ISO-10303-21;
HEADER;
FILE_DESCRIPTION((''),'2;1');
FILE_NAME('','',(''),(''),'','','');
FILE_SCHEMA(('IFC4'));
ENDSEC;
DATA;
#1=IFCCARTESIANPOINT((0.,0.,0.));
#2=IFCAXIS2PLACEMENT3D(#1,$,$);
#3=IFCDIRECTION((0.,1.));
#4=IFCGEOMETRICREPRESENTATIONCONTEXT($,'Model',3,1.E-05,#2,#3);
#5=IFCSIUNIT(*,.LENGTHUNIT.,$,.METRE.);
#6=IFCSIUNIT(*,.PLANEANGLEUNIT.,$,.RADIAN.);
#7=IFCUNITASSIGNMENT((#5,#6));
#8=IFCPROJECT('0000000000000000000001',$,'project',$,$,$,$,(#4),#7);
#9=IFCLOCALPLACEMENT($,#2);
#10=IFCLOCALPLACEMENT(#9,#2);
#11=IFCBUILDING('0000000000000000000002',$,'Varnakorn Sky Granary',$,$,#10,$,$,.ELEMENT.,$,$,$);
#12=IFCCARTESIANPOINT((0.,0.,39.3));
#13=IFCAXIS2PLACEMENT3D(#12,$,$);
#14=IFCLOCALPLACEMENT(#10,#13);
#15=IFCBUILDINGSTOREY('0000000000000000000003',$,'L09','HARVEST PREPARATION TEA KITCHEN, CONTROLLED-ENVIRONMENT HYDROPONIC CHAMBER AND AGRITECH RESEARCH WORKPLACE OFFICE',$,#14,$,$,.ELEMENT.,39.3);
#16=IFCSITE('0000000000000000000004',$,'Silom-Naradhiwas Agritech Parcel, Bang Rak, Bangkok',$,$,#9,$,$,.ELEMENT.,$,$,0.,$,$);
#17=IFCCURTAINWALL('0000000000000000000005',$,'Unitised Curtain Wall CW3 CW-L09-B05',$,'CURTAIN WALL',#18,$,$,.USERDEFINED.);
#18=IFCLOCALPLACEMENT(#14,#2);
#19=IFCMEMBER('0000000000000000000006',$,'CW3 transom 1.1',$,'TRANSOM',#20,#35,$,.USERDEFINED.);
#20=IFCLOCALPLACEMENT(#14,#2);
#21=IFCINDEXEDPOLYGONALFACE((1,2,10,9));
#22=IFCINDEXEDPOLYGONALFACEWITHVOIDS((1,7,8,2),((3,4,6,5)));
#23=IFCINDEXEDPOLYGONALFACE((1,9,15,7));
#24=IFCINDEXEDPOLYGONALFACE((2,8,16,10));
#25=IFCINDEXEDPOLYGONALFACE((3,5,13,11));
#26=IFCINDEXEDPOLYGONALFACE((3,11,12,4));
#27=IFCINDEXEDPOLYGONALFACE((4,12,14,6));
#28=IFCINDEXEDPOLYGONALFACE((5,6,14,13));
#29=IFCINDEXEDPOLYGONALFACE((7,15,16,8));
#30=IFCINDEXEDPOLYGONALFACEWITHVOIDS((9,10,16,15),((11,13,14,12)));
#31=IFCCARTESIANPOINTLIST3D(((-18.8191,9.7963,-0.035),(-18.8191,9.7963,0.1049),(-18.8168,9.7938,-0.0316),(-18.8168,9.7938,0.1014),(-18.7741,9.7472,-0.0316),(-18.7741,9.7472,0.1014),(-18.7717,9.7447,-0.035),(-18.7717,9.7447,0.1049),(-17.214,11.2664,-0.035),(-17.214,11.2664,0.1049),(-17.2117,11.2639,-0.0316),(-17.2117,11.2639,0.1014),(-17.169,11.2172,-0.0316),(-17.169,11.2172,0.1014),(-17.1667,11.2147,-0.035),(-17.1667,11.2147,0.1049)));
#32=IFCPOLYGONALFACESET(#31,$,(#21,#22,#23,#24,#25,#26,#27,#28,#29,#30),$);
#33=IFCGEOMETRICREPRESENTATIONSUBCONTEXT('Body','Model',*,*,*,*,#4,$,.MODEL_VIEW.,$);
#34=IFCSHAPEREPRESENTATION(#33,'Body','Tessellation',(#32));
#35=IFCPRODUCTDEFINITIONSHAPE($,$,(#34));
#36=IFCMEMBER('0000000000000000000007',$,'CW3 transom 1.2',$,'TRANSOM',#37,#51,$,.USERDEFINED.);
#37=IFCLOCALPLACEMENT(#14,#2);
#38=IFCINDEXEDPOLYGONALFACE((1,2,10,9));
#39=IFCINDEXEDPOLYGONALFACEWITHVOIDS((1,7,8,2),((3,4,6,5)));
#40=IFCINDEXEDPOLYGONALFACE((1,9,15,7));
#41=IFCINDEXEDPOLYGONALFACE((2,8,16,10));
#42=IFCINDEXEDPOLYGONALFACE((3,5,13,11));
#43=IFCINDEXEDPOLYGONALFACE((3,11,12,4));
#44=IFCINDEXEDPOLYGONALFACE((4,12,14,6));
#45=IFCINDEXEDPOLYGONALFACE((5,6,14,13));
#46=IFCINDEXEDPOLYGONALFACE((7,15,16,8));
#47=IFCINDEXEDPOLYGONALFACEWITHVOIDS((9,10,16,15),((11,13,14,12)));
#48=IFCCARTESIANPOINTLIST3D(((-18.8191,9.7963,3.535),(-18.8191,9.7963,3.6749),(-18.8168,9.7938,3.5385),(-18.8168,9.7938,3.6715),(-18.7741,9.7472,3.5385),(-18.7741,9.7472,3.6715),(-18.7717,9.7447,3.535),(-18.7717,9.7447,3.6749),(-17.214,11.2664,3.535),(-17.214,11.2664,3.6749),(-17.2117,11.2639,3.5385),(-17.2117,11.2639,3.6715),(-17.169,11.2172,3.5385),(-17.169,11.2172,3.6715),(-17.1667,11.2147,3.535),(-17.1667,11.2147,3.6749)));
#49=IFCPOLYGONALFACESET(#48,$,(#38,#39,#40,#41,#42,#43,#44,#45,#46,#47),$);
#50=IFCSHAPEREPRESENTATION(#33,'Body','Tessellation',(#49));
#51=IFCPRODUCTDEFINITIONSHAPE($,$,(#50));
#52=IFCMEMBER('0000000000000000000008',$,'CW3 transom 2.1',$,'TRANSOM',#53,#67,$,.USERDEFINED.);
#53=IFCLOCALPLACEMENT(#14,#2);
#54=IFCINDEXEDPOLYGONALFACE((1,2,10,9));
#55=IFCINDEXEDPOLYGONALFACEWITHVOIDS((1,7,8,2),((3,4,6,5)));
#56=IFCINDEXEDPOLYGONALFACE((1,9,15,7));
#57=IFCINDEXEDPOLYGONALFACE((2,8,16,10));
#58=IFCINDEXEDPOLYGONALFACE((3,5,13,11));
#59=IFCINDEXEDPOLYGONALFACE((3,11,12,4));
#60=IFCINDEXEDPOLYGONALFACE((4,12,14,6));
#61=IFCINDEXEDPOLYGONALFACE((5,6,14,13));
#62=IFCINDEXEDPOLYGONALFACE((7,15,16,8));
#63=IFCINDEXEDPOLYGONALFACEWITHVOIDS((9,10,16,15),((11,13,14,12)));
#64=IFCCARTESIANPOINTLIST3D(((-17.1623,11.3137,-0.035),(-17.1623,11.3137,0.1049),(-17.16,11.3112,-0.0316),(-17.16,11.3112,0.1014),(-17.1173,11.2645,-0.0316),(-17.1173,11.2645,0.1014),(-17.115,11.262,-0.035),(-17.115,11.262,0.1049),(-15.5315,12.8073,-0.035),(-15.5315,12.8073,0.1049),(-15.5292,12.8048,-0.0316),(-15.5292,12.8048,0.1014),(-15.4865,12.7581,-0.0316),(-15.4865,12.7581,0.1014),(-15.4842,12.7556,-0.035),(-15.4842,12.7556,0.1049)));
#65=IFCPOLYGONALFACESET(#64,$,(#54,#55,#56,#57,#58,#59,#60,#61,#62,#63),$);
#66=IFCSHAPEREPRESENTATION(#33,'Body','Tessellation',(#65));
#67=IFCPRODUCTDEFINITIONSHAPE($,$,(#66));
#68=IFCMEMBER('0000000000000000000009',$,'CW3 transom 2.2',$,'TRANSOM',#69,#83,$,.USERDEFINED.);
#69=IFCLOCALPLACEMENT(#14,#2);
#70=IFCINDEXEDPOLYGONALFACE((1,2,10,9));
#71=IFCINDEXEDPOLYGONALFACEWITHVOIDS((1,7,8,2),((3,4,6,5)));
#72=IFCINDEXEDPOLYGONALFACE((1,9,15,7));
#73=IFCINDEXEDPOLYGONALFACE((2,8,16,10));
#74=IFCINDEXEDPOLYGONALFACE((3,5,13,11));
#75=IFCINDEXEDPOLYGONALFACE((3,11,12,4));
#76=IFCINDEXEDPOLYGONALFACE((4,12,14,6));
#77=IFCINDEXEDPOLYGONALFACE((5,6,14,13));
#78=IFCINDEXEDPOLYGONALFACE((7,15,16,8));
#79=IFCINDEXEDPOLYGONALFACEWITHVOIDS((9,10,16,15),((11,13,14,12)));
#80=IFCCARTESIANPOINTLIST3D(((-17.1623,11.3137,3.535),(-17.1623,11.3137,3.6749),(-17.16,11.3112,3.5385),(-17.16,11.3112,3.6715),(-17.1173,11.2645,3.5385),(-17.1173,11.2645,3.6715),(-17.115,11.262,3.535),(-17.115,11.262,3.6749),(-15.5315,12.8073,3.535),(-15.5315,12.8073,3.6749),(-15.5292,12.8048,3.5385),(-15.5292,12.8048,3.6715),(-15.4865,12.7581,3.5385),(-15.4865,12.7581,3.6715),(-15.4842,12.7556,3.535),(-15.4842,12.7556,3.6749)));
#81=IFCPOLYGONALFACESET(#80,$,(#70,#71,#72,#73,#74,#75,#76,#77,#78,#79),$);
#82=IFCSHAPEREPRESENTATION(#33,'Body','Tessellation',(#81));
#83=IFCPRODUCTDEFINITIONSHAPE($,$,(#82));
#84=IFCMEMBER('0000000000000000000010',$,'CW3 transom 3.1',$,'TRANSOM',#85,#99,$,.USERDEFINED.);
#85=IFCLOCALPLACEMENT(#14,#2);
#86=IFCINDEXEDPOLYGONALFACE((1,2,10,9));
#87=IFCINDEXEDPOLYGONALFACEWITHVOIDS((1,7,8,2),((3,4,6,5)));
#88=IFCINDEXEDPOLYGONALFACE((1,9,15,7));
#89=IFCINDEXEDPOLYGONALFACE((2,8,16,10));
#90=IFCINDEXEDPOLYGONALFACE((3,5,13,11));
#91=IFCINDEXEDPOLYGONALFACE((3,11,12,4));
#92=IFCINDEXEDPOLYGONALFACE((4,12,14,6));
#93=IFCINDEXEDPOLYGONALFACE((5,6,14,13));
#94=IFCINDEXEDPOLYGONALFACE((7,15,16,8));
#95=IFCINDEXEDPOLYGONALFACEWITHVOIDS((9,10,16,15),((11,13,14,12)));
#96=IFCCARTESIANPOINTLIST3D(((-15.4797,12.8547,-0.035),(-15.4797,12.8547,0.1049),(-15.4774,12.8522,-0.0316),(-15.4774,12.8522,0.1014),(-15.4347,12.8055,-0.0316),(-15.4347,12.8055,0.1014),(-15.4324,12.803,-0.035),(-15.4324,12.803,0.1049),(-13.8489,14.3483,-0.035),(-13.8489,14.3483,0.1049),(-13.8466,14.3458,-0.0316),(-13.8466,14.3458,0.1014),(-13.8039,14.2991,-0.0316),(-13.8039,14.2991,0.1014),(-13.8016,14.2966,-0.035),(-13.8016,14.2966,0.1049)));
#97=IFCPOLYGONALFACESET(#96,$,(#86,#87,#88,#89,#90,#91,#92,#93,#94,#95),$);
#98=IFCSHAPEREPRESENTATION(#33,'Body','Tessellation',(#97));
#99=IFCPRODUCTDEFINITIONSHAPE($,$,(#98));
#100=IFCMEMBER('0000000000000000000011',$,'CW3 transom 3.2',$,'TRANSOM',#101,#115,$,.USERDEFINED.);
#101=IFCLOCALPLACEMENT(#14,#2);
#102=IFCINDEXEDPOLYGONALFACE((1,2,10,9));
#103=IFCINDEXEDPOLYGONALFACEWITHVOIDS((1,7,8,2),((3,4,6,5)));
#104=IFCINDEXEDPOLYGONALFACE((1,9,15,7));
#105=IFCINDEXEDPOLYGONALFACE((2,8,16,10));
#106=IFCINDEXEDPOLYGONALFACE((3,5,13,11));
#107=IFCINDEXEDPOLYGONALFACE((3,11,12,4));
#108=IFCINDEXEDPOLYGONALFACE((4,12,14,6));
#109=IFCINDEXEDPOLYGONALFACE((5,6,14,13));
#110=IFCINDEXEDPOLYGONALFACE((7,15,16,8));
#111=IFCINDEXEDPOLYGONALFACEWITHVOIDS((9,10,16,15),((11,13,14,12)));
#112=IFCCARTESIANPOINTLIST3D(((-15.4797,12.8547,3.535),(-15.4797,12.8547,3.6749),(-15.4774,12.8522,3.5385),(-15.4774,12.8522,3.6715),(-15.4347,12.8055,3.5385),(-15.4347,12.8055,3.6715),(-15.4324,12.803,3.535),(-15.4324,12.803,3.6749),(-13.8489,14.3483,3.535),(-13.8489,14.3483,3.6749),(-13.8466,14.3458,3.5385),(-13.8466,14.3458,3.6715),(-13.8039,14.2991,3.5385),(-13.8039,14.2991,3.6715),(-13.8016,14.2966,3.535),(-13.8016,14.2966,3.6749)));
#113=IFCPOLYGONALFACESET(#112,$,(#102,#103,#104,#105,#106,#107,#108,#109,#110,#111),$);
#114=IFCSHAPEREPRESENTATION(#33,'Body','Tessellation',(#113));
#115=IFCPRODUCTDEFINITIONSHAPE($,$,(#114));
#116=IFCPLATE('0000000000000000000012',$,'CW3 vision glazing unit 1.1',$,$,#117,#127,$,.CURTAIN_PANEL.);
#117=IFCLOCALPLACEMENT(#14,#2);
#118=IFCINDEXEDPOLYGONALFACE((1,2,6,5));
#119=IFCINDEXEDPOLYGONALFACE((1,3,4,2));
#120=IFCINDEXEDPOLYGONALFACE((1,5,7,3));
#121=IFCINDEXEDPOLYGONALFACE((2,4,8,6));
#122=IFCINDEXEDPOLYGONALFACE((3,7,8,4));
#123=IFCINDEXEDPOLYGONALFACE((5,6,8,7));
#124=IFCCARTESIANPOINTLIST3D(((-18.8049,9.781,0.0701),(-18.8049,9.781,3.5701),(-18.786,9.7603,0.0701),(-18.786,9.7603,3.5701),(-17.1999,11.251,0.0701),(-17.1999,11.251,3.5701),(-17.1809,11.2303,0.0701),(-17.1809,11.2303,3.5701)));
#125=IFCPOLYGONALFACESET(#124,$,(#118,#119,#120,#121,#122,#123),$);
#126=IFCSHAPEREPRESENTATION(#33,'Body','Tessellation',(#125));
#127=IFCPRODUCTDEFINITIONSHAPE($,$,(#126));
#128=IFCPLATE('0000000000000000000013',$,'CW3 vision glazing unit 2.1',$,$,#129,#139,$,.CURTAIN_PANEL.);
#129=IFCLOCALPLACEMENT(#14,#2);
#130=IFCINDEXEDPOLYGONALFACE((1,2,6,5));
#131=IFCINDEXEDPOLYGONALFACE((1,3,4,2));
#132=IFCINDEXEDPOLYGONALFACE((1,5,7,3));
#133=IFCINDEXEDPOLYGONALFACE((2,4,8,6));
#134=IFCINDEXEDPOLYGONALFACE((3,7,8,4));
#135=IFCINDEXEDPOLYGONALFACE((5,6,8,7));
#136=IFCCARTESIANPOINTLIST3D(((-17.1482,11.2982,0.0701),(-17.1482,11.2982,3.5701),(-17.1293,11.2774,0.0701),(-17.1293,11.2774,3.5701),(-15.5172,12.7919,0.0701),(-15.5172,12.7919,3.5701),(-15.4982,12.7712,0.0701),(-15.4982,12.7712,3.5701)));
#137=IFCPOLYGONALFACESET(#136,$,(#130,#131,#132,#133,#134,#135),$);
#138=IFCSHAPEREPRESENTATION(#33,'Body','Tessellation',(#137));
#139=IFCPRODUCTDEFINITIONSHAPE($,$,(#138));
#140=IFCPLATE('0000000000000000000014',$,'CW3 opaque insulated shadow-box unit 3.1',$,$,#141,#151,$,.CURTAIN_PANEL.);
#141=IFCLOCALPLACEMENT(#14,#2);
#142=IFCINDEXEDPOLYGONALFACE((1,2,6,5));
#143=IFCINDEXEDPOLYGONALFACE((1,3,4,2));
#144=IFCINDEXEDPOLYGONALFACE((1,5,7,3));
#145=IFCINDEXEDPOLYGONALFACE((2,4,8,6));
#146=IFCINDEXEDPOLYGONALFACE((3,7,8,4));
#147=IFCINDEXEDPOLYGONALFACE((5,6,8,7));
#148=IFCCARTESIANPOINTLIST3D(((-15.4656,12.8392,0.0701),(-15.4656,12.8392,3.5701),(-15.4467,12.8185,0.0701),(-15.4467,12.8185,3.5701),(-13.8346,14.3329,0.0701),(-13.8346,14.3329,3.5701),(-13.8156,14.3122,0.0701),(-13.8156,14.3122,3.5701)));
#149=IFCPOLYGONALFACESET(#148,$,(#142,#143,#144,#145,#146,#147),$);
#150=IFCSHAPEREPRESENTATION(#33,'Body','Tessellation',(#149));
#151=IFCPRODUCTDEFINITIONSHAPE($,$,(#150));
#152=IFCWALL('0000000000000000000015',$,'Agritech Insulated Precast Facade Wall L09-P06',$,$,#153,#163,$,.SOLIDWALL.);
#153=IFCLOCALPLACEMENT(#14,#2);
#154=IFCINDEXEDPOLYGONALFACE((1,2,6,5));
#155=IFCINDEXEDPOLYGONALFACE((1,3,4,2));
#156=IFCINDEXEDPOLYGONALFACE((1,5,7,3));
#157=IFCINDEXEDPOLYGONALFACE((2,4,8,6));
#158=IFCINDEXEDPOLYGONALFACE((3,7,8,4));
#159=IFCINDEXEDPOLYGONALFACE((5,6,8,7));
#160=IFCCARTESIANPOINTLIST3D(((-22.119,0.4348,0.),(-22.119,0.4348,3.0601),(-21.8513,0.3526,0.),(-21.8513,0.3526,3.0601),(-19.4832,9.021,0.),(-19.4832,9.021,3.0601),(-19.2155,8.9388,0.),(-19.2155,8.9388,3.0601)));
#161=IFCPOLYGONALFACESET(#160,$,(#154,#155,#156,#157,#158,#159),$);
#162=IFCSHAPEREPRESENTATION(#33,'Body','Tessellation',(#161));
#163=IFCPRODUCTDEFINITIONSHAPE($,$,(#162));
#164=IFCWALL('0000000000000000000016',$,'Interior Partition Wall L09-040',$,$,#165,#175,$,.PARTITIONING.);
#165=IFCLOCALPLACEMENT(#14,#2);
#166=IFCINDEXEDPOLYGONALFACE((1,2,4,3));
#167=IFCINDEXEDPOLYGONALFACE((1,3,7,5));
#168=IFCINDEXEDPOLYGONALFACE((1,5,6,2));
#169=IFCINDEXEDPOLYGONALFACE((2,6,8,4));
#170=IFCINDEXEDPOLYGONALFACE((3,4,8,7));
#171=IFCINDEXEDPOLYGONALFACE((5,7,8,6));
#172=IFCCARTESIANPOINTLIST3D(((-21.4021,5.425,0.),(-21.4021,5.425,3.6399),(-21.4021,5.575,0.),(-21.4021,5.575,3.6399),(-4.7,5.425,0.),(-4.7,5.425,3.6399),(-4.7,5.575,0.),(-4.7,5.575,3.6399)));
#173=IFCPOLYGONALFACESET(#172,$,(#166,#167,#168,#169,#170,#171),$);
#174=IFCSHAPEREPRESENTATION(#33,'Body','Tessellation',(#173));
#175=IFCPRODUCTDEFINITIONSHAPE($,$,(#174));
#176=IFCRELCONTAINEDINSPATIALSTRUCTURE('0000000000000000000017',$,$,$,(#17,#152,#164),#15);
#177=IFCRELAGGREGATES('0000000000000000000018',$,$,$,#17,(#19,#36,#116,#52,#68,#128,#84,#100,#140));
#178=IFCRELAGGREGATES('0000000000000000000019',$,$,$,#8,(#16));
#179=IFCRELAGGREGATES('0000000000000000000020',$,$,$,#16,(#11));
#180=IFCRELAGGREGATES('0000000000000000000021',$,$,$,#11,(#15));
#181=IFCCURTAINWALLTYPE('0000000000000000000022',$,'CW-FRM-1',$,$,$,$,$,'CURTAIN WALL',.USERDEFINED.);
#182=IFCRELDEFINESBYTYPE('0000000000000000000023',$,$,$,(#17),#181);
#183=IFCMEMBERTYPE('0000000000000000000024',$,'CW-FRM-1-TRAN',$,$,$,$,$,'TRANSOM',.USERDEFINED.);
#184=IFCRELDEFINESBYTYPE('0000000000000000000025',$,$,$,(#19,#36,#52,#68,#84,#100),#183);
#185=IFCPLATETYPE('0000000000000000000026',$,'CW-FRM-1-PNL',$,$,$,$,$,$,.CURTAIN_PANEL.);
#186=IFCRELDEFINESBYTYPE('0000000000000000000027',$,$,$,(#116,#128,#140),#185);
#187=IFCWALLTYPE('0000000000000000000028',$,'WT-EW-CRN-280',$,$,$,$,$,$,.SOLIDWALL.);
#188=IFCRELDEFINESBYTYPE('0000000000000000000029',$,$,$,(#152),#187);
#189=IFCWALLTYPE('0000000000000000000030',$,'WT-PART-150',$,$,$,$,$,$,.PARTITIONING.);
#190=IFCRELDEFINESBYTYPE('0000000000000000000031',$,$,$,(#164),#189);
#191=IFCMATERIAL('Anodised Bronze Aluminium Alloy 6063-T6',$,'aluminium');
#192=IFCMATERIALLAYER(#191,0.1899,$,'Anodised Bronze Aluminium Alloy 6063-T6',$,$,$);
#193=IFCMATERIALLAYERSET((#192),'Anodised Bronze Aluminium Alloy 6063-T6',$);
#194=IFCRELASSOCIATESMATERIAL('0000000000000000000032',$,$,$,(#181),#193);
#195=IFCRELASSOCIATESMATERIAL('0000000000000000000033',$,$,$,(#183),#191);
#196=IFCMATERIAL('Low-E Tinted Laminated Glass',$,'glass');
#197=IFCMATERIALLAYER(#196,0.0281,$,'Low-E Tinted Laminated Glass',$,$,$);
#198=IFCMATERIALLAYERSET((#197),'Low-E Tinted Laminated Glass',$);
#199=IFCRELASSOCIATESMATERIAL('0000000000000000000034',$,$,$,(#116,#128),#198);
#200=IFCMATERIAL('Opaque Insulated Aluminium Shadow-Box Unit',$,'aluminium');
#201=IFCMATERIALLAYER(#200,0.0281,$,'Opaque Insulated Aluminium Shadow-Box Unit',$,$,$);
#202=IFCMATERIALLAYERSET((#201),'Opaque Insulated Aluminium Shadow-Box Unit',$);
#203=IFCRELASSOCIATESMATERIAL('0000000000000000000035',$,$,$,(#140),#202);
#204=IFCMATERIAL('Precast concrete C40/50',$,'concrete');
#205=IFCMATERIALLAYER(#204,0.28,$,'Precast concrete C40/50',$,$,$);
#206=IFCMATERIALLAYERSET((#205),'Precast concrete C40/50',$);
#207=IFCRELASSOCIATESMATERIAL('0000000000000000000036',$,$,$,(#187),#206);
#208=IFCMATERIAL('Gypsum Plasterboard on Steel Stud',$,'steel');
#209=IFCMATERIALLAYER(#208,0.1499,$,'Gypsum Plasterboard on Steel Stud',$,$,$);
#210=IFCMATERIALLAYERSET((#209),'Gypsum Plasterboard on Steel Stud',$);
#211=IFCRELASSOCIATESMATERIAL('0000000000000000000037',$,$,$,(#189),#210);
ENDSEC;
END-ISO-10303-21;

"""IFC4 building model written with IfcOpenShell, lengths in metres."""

from ifc_helpers import new_model, si_unit, direction, frame, frame_2d, origin, origin_2d, place, context, subcontext, project, spatial, rectangle, hollow_rectangle, extrude, source, transform, mapped, material, layer, layer_set, material_profile, profile_set, type_object, type_shapes, element, aggregate, save


model = new_model("IFC4")

# Units and contexts
model_context = context("Model", 3, precision=1e-05, world=origin(), true_north=direction((0.0, 1.0)))
body_context = subcontext(model_context, "Body", "Model", "MODEL_VIEW")
ifc_project = project(units=[si_unit("LENGTHUNIT", "METRE"), si_unit("PLANEANGLEUNIT", "RADIAN")], contexts=[model_context])

# Site, building, storey
site_placement = place(None, origin())
site = spatial("IfcSite", under=ifc_project, at=site_placement, Name="Silom-Naradhiwas Agritech Parcel, Bang Rak, Bangkok", CompositionType="ELEMENT", RefElevation=0.0)
building_placement = place(site_placement, origin())
building = spatial("IfcBuilding", under=site, at=building_placement, Name="Varnakorn Sky Granary", CompositionType="ELEMENT")
storey_placement = place(building_placement, frame((0.0, 0.0, 39.3)))
storey = spatial("IfcBuildingStorey", under=building, at=storey_placement, Name="L09", Description="HARVEST PREPARATION TEA KITCHEN, CONTROLLED-ENVIRONMENT HYDROPONIC CHAMBER AND AGRITECH RESEARCH WORKPLACE OFFICE", CompositionType="ELEMENT", Elevation=39.3)

# Curtain wall, members, plates
ifc_material_1 = material(Name="Anodised Bronze Aluminium Alloy 6063-T6", Category="aluminium")
ifc_layer_1 = layer(ifc_material_1, 0.1899, Name="Anodised Bronze Aluminium Alloy 6063-T6")
ifc_layer_set_1 = layer_set([ifc_layer_1], Name="Anodised Bronze Aluminium Alloy 6063-T6")
curtain_wall_type = type_object("IfcCurtainWallType", Name="CW-FRM-1", ElementType="CURTAIN WALL", PredefinedType="USERDEFINED", material=ifc_layer_set_1)
curtain_wall_placement = place(storey_placement, origin())
curtain_wall = element("IfcCurtainWall", 1, at=curtain_wall_placement, inside=storey, type_object=curtain_wall_type, Name="Unitised Curtain Wall CW3 CW-L09-B05", ObjectType="CURTAIN WALL", PredefinedType="USERDEFINED")
ifc_material_profile_1 = material_profile(ifc_material_1, hollow_rectangle(XDim=0.0701, YDim=0.1399, WallThickness=0.0034, at=origin_2d()), Name="ALU TRAN 70x140")
ifc_profile_set_1 = profile_set([ifc_material_profile_1], Name="Anodised Bronze Aluminium Alloy 6063-T6")
member_type_1 = type_object("IfcMemberType", Name="CW-FRM-1-TRAN", ElementType="TRANSOM", PredefinedType="USERDEFINED", material=ifc_profile_set_1)
member_1_placement = place(storey_placement, frame((-18.7954, 9.7705, 0.0349), z_axis=(0.737443, 0.67541, 0.0), x_axis=(-0.67541, 0.737443, 0.0)))
member_1 = element("IfcMember", 2, at=member_1_placement, type_object=member_type_1, Name="CW3 transom 1.1", ObjectType="TRANSOM", PredefinedType="USERDEFINED", context=body_context, shape_type="SweptSolid", body=[
    extrude(hollow_rectangle(XDim=0.0701, YDim=0.1399, WallThickness=0.0034, at=origin_2d()), origin(), (0.0, 0.0, 1.0), 2.1765),
])
member_2_placement = place(storey_placement, frame((-18.7954, 9.7705, 3.605), z_axis=(0.737443, 0.67541, 0.0), x_axis=(-0.67541, 0.737443, 0.0)))
member_2 = element("IfcMember", 3, at=member_2_placement, type_object=member_type_1, Name="CW3 transom 1.2", ObjectType="TRANSOM", PredefinedType="USERDEFINED", context=body_context, shape_type="SweptSolid", body=[
    extrude(hollow_rectangle(XDim=0.0701, YDim=0.1399, WallThickness=0.0034, at=origin_2d()), origin(), (0.0, 0.0, 1.0), 2.1765),
])
member_3_placement = place(storey_placement, frame((-17.1387, 11.2878, 0.0349), z_axis=(0.737447, 0.675405, 0.0), x_axis=(-0.675405, 0.737447, 0.0)))
member_3 = element("IfcMember", 4, at=member_3_placement, type_object=member_type_1, Name="CW3 transom 2.1", ObjectType="TRANSOM", PredefinedType="USERDEFINED", context=body_context, shape_type="SweptSolid", body=[
    extrude(hollow_rectangle(XDim=0.0701, YDim=0.1399, WallThickness=0.0034, at=origin_2d()), origin(), (0.0, 0.0, 1.0), 2.2114),
])
member_4_placement = place(storey_placement, frame((-17.1387, 11.2878, 3.605), z_axis=(0.737447, 0.675405, 0.0), x_axis=(-0.675405, 0.737447, 0.0)))
member_4 = element("IfcMember", 5, at=member_4_placement, type_object=member_type_1, Name="CW3 transom 2.2", ObjectType="TRANSOM", PredefinedType="USERDEFINED", context=body_context, shape_type="SweptSolid", body=[
    extrude(hollow_rectangle(XDim=0.0701, YDim=0.1399, WallThickness=0.0034, at=origin_2d()), origin(), (0.0, 0.0, 1.0), 2.2114),
])
member_5_placement = place(storey_placement, frame((-15.4561, 12.8289, 0.0349), z_axis=(0.737447, 0.675405, 0.0), x_axis=(-0.675405, 0.737447, 0.0)))
member_5 = element("IfcMember", 6, at=member_5_placement, type_object=member_type_1, Name="CW3 transom 3.1", ObjectType="TRANSOM", PredefinedType="USERDEFINED", context=body_context, shape_type="SweptSolid", body=[
    extrude(hollow_rectangle(XDim=0.0701, YDim=0.1399, WallThickness=0.0034, at=origin_2d()), origin(), (0.0, 0.0, 1.0), 2.2114),
])
member_6_placement = place(storey_placement, frame((-15.4561, 12.8289, 3.605), z_axis=(0.737447, 0.675405, 0.0), x_axis=(-0.675405, 0.737447, 0.0)))
member_6 = element("IfcMember", 7, at=member_6_placement, type_object=member_type_1, Name="CW3 transom 3.2", ObjectType="TRANSOM", PredefinedType="USERDEFINED", context=body_context, shape_type="SweptSolid", body=[
    extrude(hollow_rectangle(XDim=0.0701, YDim=0.1399, WallThickness=0.0034, at=origin_2d()), origin(), (0.0, 0.0, 1.0), 2.2114),
])
ifc_material_2 = material(Name="Low-E Tinted Laminated Glass", Category="glass")
ifc_layer_2 = layer(ifc_material_2, 0.0281, Name="Low-E Tinted Laminated Glass")
ifc_layer_set_2 = layer_set([ifc_layer_2], Name="Low-E Tinted Laminated Glass")
plate_type = type_object("IfcPlateType", Name="CW-FRM-1-PNL", PredefinedType="CURTAIN_PANEL")
shared_shape_1 = source(origin(), body_context, "Body", "SweptSolid", [
    extrude(rectangle(XDim=2.1765, YDim=0.0281, at=origin_2d()), origin(), (0.0, 0.0, 1.0), 3.5),
])
plate_1_placement = place(storey_placement, frame((-17.9929, 10.5056, 0.0701), z_axis=(0.0, 0.0, 1.0), x_axis=(0.737462, 0.675389, 0.0)))
plate_1 = element("IfcPlate", 8, at=plate_1_placement, type_object=plate_type, material=ifc_layer_set_2, Name="CW3 vision glazing unit 1.1", PredefinedType="CURTAIN_PANEL", context=body_context, shape_type="MappedRepresentation", body=[
    mapped(shared_shape_1, transform((0.0, 0.0, 0.0), x_axis=(1.0, 0.0, 0.0), y_axis=(0.0, 1.0, 0.0), z_axis=(0.0, 0.0, 1.0), scale=1.0)),
])
shared_shape_2 = source(origin(), body_context, "Body", "SweptSolid", [
    extrude(rectangle(XDim=2.2117, YDim=0.0281, at=origin_2d()), origin(), (0.0, 0.0, 1.0), 3.5),
])
type_shapes(plate_type, [shared_shape_1, shared_shape_2])
plate_2_placement = place(storey_placement, frame((-16.3232, 12.0347, 0.0701), z_axis=(0.0, 0.0, 1.0), x_axis=(0.737462, 0.675389, 0.0)))
plate_2 = element("IfcPlate", 9, at=plate_2_placement, type_object=plate_type, material=ifc_layer_set_2, Name="CW3 vision glazing unit 2.1", PredefinedType="CURTAIN_PANEL", context=body_context, shape_type="MappedRepresentation", body=[
    mapped(shared_shape_2, transform((0.0, 0.0, 0.0), x_axis=(1.0, 0.0, 0.0), y_axis=(0.0, 1.0, 0.0), z_axis=(0.0, 0.0, 1.0), scale=1.0)),
])
ifc_material_3 = material(Name="Opaque Insulated Aluminium Shadow-Box Unit", Category="aluminium")
ifc_layer_3 = layer(ifc_material_3, 0.0281, Name="Opaque Insulated Aluminium Shadow-Box Unit")
ifc_layer_set_3 = layer_set([ifc_layer_3], Name="Opaque Insulated Aluminium Shadow-Box Unit")
plate_3_placement = place(storey_placement, frame((-14.6406, 13.5757, 0.0701), z_axis=(0.0, 0.0, 1.0), x_axis=(0.737462, 0.675389, 0.0)))
plate_3 = element("IfcPlate", 10, at=plate_3_placement, type_object=plate_type, material=ifc_layer_set_3, Name="CW3 opaque insulated shadow-box unit 3.1", PredefinedType="CURTAIN_PANEL", context=body_context, shape_type="MappedRepresentation", body=[
    mapped(shared_shape_2, transform((0.0, 0.0, 0.0), x_axis=(1.0, 0.0, 0.0), y_axis=(0.0, 1.0, 0.0), z_axis=(0.0, 0.0, 1.0), scale=1.0)),
])
aggregate(curtain_wall, [member_1, member_2, plate_1, member_3, member_4, plate_2, member_5, member_6, plate_3])

# Walls
ifc_material_4 = material(Name="Precast concrete C40/50", Category="concrete")
ifc_layer_4 = layer(ifc_material_4, 0.28, Name="Precast concrete C40/50")
ifc_layer_set_4 = layer_set([ifc_layer_4], Name="Precast concrete C40/50")
wall_type_1 = type_object("IfcWallType", Name="WT-EW-CRN-280", PredefinedType="SOLIDWALL", material=ifc_layer_set_4)
wall_1_placement = place(storey_placement, frame((-21.9851, 0.3938, 0.0), z_axis=(0.0, 0.0, 1.0), x_axis=(0.293459, 0.955972, 0.0)))
element("IfcWall", 11, at=wall_1_placement, inside=storey, type_object=wall_type_1, Name="Agritech Insulated Precast Facade Wall L09-P06", PredefinedType="SOLIDWALL", context=body_context, shape_type="SweptSolid", body=[
    extrude(rectangle(XDim=8.9817, YDim=0.28, at=frame_2d((4.4907, 0.0))), origin(), (0.0, 0.0, 1.0), 3.0601),
])
ifc_material_5 = material(Name="Gypsum Plasterboard on Steel Stud", Category="steel")
ifc_layer_5 = layer(ifc_material_5, 0.1499, Name="Gypsum Plasterboard on Steel Stud")
ifc_layer_set_5 = layer_set([ifc_layer_5], Name="Gypsum Plasterboard on Steel Stud")
wall_type_2 = type_object("IfcWallType", Name="WT-PART-150", PredefinedType="PARTITIONING", material=ifc_layer_set_5)
wall_2_placement = place(storey_placement, frame((-21.4021, 5.5, 0.0), z_axis=(0.0, 0.0, 1.0), x_axis=(1.0, 0.0, 0.0)))
element("IfcWall", 12, at=wall_2_placement, inside=storey, type_object=wall_type_2, Name="Interior Partition Wall L09-040", PredefinedType="PARTITIONING", context=body_context, shape_type="SweptSolid", body=[
    extrude(rectangle(XDim=16.7021, YDim=0.1499, at=frame_2d((8.3511, 0.0))), origin(), (0.0, 0.0, 1.0), 3.6399),
])

save(model, "model.ifc")
